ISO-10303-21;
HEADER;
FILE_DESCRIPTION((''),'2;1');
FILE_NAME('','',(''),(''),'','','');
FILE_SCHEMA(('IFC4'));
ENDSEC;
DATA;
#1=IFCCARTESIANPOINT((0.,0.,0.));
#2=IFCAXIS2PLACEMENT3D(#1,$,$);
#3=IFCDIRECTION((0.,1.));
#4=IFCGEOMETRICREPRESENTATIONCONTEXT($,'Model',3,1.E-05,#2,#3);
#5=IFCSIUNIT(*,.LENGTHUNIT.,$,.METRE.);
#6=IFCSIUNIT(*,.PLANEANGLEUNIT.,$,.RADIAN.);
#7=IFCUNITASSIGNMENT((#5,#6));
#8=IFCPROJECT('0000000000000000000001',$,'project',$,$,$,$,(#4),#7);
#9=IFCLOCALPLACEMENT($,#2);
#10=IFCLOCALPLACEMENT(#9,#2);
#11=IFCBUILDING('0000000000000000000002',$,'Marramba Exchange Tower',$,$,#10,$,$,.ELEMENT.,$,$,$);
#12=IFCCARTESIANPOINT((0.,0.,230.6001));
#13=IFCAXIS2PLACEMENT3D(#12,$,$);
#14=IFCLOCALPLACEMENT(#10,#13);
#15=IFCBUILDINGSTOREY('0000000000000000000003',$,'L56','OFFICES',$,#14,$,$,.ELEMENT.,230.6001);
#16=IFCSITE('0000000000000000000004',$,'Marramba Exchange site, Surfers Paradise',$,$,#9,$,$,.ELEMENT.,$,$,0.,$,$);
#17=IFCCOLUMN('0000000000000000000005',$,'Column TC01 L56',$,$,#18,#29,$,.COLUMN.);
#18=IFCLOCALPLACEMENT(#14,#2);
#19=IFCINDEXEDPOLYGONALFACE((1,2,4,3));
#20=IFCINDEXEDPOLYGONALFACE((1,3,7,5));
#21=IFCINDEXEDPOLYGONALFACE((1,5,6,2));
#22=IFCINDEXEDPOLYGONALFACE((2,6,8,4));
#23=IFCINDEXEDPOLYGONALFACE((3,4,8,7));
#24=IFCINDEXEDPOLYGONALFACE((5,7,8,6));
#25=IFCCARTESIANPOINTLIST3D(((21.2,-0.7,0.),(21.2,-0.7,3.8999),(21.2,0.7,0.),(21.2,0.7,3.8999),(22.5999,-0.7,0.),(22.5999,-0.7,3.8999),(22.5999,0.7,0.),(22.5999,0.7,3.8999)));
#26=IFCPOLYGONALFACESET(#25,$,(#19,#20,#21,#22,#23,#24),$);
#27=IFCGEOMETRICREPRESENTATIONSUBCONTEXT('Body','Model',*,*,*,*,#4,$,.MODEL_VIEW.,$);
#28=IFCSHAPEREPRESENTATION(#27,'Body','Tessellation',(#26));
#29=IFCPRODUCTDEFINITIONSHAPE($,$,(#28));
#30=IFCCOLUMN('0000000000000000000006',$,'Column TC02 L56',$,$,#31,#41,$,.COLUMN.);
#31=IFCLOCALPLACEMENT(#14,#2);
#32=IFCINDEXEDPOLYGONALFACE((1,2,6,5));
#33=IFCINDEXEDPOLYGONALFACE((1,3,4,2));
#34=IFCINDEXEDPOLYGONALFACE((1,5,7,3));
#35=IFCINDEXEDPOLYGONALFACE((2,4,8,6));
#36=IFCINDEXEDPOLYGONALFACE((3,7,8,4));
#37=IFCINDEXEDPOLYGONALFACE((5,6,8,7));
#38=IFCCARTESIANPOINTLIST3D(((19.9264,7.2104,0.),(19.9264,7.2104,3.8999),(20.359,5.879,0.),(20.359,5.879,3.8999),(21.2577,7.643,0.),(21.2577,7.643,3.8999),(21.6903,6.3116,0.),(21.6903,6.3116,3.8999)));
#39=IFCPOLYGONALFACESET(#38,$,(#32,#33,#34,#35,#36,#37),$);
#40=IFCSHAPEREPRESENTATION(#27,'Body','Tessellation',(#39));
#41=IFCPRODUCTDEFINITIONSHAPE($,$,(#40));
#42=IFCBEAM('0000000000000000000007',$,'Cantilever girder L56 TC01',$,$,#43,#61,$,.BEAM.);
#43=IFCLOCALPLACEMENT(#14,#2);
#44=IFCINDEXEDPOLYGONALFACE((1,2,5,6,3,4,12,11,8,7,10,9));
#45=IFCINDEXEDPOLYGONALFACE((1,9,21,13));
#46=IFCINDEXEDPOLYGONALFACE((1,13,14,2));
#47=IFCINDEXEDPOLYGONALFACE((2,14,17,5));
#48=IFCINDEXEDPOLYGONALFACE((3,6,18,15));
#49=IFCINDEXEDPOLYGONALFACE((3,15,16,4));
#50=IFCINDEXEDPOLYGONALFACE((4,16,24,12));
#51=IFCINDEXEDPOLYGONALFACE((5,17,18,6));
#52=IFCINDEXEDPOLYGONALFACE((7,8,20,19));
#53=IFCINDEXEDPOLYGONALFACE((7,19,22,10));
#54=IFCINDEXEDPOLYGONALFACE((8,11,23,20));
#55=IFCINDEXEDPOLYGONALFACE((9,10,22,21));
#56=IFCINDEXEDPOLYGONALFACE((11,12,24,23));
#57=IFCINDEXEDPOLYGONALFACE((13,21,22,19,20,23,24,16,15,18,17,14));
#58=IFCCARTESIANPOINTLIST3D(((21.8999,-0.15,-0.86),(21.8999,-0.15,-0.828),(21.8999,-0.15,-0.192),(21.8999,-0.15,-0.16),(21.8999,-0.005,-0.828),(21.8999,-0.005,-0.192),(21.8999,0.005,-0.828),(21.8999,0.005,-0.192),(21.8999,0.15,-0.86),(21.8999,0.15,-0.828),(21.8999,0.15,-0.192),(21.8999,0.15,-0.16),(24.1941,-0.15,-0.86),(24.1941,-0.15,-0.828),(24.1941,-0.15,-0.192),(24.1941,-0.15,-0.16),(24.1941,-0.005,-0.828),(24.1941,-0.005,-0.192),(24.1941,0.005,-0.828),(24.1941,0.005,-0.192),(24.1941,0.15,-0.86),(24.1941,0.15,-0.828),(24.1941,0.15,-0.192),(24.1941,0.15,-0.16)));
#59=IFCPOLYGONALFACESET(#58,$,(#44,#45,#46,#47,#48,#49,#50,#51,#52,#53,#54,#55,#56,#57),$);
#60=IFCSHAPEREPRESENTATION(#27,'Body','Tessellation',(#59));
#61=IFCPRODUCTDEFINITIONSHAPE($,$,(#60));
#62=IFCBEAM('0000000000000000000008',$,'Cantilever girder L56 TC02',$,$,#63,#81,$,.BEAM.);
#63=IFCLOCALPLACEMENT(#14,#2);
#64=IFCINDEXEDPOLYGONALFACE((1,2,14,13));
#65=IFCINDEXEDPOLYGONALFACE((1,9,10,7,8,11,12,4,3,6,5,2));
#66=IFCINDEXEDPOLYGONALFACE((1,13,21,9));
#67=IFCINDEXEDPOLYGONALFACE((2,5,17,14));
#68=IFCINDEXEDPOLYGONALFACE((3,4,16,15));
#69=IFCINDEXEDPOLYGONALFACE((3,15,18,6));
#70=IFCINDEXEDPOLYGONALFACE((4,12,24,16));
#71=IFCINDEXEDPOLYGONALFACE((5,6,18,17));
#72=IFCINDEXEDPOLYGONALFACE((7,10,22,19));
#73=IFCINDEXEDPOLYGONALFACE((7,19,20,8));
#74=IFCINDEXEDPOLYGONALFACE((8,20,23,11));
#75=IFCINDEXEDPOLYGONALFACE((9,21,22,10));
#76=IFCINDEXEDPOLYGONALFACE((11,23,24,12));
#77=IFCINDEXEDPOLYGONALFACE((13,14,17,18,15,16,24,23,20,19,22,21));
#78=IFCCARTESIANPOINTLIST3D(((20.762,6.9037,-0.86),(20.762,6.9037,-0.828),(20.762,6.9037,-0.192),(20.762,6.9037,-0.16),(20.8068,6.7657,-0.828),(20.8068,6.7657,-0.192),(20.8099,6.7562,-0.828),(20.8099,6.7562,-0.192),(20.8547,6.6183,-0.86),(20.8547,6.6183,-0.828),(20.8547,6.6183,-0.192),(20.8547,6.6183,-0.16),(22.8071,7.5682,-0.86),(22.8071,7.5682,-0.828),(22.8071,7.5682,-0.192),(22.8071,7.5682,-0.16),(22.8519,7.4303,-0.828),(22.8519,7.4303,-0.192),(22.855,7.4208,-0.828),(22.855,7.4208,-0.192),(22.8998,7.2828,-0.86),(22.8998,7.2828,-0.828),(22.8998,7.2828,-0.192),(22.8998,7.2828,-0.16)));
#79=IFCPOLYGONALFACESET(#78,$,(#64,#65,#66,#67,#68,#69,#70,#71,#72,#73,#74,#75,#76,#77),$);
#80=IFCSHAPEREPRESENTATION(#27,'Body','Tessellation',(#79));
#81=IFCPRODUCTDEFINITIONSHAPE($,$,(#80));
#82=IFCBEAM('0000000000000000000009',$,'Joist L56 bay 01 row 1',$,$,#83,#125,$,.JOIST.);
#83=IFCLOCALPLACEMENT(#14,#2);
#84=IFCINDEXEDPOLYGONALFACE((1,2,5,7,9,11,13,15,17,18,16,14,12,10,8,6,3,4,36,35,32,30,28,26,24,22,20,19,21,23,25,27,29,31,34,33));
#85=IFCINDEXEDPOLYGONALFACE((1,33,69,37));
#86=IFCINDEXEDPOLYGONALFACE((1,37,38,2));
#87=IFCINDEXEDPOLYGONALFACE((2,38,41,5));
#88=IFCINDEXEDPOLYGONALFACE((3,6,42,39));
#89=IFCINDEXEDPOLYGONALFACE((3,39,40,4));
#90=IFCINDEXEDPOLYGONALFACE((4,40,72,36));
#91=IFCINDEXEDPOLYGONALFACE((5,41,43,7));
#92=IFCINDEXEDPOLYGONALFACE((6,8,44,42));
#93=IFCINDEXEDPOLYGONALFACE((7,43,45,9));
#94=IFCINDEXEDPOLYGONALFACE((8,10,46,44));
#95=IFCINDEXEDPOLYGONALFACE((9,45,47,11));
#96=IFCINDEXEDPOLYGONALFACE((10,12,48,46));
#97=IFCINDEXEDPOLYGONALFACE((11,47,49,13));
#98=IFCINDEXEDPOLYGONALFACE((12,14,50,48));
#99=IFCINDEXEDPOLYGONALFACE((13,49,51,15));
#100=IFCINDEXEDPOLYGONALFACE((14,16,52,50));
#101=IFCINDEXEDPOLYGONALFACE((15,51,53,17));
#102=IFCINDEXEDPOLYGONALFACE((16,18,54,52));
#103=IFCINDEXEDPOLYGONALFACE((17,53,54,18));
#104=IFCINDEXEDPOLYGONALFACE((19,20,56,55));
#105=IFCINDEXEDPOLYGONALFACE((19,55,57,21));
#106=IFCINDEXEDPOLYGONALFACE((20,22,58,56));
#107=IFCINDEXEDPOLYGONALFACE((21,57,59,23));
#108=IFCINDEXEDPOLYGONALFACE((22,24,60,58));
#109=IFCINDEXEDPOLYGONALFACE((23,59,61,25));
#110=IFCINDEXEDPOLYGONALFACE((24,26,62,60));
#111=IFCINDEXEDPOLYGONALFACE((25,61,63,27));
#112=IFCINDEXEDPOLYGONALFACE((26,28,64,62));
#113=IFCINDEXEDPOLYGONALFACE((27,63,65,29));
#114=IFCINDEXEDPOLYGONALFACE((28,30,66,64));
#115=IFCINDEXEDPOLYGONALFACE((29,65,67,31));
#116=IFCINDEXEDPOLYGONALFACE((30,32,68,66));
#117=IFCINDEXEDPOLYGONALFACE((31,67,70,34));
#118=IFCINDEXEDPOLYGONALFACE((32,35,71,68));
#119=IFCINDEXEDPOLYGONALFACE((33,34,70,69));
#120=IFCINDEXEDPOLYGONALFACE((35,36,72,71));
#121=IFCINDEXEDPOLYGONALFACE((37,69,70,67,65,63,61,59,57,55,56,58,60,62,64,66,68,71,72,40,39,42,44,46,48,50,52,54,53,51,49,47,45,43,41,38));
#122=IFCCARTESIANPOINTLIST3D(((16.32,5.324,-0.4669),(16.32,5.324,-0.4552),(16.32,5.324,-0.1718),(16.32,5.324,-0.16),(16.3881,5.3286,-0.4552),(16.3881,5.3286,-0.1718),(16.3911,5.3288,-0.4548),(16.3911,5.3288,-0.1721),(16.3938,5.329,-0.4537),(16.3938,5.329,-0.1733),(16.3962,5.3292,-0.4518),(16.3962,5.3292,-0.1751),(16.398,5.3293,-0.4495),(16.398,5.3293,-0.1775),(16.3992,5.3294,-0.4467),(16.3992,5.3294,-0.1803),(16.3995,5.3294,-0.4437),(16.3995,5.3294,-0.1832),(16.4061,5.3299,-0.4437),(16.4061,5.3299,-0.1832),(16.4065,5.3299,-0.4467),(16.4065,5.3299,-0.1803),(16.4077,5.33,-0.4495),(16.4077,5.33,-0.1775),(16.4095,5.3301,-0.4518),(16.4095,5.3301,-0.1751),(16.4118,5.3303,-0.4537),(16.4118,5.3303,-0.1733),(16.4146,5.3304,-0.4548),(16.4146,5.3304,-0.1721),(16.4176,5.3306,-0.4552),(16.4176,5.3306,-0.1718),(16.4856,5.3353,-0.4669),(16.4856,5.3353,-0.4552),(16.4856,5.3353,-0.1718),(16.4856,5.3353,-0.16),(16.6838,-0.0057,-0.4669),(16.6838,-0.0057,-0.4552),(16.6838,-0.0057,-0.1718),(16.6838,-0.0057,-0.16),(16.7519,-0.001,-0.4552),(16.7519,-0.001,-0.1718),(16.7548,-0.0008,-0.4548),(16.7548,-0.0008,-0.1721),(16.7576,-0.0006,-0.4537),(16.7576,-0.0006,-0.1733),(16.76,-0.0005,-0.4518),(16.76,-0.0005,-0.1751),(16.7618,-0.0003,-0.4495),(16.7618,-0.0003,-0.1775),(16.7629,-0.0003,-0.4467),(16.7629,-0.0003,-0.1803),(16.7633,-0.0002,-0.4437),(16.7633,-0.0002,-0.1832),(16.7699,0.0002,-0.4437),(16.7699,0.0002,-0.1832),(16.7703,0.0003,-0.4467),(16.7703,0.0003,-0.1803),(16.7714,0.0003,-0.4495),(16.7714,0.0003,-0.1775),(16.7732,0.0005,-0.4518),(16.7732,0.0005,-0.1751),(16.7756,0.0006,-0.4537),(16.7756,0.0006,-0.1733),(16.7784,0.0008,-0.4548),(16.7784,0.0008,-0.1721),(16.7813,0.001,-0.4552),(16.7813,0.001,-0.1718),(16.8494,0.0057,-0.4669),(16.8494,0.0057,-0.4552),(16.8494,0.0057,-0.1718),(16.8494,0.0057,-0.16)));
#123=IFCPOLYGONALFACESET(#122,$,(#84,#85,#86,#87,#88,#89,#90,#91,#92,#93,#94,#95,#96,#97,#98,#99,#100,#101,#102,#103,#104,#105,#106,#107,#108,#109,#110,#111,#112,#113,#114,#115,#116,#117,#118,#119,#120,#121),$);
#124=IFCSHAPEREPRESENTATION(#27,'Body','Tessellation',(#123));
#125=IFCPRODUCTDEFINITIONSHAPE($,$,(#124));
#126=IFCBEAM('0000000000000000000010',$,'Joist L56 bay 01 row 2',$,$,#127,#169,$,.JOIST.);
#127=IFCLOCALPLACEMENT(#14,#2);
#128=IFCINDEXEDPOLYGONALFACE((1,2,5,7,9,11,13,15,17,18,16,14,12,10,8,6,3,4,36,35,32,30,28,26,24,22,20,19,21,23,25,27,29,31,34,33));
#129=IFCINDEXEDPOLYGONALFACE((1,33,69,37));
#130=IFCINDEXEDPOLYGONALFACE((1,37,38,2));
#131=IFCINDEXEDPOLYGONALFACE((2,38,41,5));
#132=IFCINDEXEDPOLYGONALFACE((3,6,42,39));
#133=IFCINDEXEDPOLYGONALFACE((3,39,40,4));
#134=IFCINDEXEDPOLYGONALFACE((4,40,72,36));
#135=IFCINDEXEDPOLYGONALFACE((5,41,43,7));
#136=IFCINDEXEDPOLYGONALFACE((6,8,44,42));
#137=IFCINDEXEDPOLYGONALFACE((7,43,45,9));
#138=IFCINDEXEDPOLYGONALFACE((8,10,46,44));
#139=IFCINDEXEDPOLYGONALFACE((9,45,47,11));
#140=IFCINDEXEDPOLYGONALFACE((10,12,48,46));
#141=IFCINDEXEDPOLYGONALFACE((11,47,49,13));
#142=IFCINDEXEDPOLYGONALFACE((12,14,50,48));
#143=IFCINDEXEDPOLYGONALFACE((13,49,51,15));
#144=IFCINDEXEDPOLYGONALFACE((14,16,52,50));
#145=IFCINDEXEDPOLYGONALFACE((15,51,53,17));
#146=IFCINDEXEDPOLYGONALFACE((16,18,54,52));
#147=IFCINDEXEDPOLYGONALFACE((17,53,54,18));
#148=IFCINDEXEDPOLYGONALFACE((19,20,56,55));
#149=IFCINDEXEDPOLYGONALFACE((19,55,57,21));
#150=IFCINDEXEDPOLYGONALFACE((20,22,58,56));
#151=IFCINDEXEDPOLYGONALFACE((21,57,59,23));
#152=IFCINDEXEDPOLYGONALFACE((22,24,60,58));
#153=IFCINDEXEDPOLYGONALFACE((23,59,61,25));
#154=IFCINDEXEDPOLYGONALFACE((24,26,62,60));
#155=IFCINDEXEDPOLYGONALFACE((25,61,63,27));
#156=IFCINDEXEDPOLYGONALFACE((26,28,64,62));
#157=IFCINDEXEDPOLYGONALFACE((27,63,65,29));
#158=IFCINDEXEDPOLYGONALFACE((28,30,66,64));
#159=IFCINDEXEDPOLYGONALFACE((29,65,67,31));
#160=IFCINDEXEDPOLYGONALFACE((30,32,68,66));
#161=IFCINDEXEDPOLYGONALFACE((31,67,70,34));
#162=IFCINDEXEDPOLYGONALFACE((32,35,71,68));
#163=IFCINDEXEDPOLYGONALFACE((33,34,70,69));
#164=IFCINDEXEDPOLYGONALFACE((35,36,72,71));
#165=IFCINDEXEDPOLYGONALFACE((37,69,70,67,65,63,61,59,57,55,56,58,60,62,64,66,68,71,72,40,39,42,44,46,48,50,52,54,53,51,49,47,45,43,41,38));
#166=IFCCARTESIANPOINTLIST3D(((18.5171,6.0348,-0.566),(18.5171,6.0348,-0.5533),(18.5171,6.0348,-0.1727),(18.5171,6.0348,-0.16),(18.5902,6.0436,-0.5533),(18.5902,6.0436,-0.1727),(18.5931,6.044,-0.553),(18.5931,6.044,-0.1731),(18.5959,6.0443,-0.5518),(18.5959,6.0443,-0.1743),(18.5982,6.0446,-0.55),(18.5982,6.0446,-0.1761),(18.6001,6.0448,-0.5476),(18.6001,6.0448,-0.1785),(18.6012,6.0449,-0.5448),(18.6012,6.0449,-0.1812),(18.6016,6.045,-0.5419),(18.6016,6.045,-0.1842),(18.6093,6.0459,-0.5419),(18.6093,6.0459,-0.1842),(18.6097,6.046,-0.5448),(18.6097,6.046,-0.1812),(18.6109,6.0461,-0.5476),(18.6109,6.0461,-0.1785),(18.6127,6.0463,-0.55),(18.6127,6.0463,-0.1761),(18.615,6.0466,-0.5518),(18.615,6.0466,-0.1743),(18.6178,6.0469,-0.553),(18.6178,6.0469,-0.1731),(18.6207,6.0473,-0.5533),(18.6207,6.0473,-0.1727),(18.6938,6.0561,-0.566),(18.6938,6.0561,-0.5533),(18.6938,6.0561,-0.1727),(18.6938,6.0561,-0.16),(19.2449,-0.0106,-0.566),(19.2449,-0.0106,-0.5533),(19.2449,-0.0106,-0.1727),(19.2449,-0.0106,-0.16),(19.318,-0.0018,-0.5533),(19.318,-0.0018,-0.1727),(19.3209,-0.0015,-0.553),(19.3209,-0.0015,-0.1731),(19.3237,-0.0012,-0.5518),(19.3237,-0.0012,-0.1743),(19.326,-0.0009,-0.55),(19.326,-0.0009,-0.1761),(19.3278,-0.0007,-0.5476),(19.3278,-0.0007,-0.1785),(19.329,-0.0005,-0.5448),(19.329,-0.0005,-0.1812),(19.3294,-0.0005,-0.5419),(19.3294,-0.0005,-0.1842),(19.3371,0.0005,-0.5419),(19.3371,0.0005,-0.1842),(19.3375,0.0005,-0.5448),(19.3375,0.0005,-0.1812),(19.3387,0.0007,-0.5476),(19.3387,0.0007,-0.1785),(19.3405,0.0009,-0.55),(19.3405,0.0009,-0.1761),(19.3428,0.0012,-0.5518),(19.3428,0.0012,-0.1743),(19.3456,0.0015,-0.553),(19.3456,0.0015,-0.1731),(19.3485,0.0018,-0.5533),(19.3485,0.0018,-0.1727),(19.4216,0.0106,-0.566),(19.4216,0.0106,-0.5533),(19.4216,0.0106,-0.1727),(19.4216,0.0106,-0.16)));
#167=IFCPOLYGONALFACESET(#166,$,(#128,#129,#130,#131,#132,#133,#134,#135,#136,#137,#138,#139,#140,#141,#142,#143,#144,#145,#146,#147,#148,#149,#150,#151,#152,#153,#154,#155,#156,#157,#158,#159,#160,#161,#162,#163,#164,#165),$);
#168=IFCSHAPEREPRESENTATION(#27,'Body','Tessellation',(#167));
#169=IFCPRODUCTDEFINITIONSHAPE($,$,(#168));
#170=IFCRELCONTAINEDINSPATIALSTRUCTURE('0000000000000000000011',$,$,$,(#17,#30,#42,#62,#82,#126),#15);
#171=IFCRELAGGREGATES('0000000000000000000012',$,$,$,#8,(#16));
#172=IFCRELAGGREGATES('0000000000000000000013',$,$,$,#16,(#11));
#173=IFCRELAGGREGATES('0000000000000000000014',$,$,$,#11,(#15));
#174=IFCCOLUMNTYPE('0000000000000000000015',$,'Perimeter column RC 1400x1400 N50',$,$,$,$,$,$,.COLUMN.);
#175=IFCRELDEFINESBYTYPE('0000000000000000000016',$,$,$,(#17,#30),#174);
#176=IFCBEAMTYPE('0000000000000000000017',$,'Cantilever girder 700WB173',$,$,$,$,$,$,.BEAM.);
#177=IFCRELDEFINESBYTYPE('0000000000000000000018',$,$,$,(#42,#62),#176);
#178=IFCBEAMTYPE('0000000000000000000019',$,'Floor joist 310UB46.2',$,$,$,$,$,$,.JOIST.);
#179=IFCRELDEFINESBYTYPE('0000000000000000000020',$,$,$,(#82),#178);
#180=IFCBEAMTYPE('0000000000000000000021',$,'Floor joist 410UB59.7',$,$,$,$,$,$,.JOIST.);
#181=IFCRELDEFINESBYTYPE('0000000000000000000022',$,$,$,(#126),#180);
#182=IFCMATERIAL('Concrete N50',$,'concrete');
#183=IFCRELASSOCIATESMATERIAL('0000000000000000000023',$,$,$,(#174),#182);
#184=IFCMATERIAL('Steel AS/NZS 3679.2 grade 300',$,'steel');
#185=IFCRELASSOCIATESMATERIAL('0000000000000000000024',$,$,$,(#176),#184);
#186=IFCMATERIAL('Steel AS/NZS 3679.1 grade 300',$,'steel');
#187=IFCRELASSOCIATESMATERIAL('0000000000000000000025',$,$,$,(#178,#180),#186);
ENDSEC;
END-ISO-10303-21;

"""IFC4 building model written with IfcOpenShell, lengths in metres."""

from ifc_helpers import new_model, si_unit, direction, frame, origin, origin_2d, place, context, subcontext, project, spatial, rectangle, i_section, extrude, material, material_profile, profile_set, type_object, element, save


model = new_model("IFC4")

# Units and contexts
model_context = context("Model", 3, precision=1e-05, world=origin(), true_north=direction((0.0, 1.0)))
body_context = subcontext(model_context, "Body", "Model", "MODEL_VIEW")
ifc_project = project(units=[si_unit("LENGTHUNIT", "METRE"), si_unit("PLANEANGLEUNIT", "RADIAN")], contexts=[model_context])

# Site, building, storey
site_placement = place(None, origin())
site = spatial("IfcSite", under=ifc_project, at=site_placement, Name="Marramba Exchange site, Surfers Paradise", CompositionType="ELEMENT", RefElevation=0.0)
building_placement = place(site_placement, origin())
building = spatial("IfcBuilding", under=site, at=building_placement, Name="Marramba Exchange Tower", CompositionType="ELEMENT")
storey_placement = place(building_placement, frame((0.0, 0.0, 230.6001)))
storey = spatial("IfcBuildingStorey", under=building, at=storey_placement, Name="L56", Description="OFFICES", CompositionType="ELEMENT", Elevation=230.6001)

# Columns
ifc_material_1 = material(Name="Concrete N50", Category="concrete")
ifc_material_profile_1 = material_profile(ifc_material_1, rectangle(XDim=1.3999, YDim=1.3999, at=origin_2d()), Name="RC 1400x1400")
ifc_profile_set_1 = profile_set([ifc_material_profile_1], Name="Concrete N50")
column_type = type_object("IfcColumnType", Name="Perimeter column RC 1400x1400 N50", PredefinedType="COLUMN", material=ifc_profile_set_1)
for number, where, z_axis, x_axis, name in (
    (1, (21.8999, 0.0, 0.0), (0.0, 0.0, 1.0), (1.0, 0.0, 0.0), "Column TC01 L56"),
    (2, (20.8083, 6.761, 0.0), (0.0, 0.0, 1.0), (0.951057, 0.309017, 0.0), "Column TC02 L56"),
):
    element("IfcColumn", number, at=place(storey_placement, frame(where, z_axis=z_axis, x_axis=x_axis)), inside=storey, type_object=column_type, Name=name, PredefinedType="COLUMN", context=body_context, shape_type="SweptSolid", body=[
        extrude(rectangle(XDim=1.3999, YDim=1.3999, at=origin_2d()), origin(), (0.0, 0.0, 1.0), 3.8999),
    ])

# Beams
ifc_material_2 = material(Name="Steel AS/NZS 3679.2 grade 300", Category="steel")
ifc_material_profile_2 = material_profile(ifc_material_2, i_section(OverallWidth=0.3, OverallDepth=0.7, WebThickness=0.01, FlangeThickness=0.032, at=origin_2d()), Name="700WB173")
ifc_profile_set_2 = profile_set([ifc_material_profile_2], Name="Steel AS/NZS 3679.2 grade 300")
beam_type_1 = type_object("IfcBeamType", Name="Cantilever girder 700WB173", PredefinedType="BEAM", material=ifc_profile_set_2)
beam_1_placement = place(storey_placement, frame((21.8999, 0.0, -0.51), z_axis=(1.0, 0.0, 0.0), x_axis=(0.0, 1.0, 0.0)))
element("IfcBeam", 3, at=beam_1_placement, inside=storey, type_object=beam_type_1, Name="Cantilever girder L56 TC01", PredefinedType="BEAM", context=body_context, shape_type="SweptSolid", body=[
    extrude(i_section(OverallWidth=0.3, OverallDepth=0.7, WebThickness=0.01, FlangeThickness=0.032, at=origin_2d()), origin(), (0.0, 0.0, 1.0), 2.2942),
])
beam_2_placement = place(storey_placement, frame((20.8083, 6.761, -0.51), z_axis=(0.951052, 0.309032, 0.0), x_axis=(-0.309032, 0.951052, 0.0)))
element("IfcBeam", 4, at=beam_2_placement, inside=storey, type_object=beam_type_1, Name="Cantilever girder L56 TC02", PredefinedType="BEAM", context=body_context, shape_type="SweptSolid", body=[
    extrude(i_section(OverallWidth=0.3, OverallDepth=0.7, WebThickness=0.01, FlangeThickness=0.032, at=origin_2d()), origin(), (0.0, 0.0, 1.0), 2.1504),
])
ifc_material_3 = material(Name="Steel AS/NZS 3679.1 grade 300", Category="steel")
ifc_material_profile_3 = material_profile(ifc_material_3, i_section(OverallWidth=0.166, OverallDepth=0.3069, WebThickness=0.0066, FlangeThickness=0.0117, FilletRadius=0.0115, at=origin_2d()), Name="310UB46.2")
ifc_profile_set_3 = profile_set([ifc_material_profile_3], Name="Steel AS/NZS 3679.1 grade 300")
beam_type_2 = type_object("IfcBeamType", Name="Floor joist 310UB46.2", PredefinedType="JOIST", material=ifc_profile_set_3)
beam_3_placement = place(storey_placement, frame((16.7666, 0.0, -0.3135), z_axis=(-0.068096, 0.997679, 0.0), x_axis=(-0.997679, -0.068096, 0.0)))
element("IfcBeam", 5, at=beam_3_placement, inside=storey, type_object=beam_type_2, Name="Joist L56 bay 01 row 1", PredefinedType="JOIST", context=body_context, shape_type="SweptSolid", body=[
    extrude(i_section(OverallWidth=0.166, OverallDepth=0.3069, WebThickness=0.0066, FlangeThickness=0.0117, FilletRadius=0.0115, at=origin_2d()), origin(), (0.0, 0.0, 1.0), 5.342),
])
ifc_material_profile_4 = material_profile(ifc_material_3, i_section(OverallWidth=0.178, OverallDepth=0.406, WebThickness=0.0078, FlangeThickness=0.0127, FilletRadius=0.0115, at=origin_2d()), Name="410UB59.7")
ifc_profile_set_4 = profile_set([ifc_material_profile_4], Name="Steel AS/NZS 3679.1 grade 300")
beam_type_3 = type_object("IfcBeamType", Name="Floor joist 410UB59.7", PredefinedType="JOIST", material=ifc_profile_set_4)
beam_4_placement = place(storey_placement, frame((19.3333, 0.0, -0.363), z_axis=(-0.119523, 0.992831, 0.0), x_axis=(-0.992831, -0.119523, 0.0)))
element("IfcBeam", 6, at=beam_4_placement, inside=storey, type_object=beam_type_3, Name="Joist L56 bay 01 row 2", PredefinedType="JOIST", context=body_context, shape_type="SweptSolid", body=[
    extrude(i_section(OverallWidth=0.178, OverallDepth=0.406, WebThickness=0.0078, FlangeThickness=0.0127, FilletRadius=0.0115, at=origin_2d()), origin(), (0.0, 0.0, 1.0), 6.0891),
])

save(model, "model.ifc")
